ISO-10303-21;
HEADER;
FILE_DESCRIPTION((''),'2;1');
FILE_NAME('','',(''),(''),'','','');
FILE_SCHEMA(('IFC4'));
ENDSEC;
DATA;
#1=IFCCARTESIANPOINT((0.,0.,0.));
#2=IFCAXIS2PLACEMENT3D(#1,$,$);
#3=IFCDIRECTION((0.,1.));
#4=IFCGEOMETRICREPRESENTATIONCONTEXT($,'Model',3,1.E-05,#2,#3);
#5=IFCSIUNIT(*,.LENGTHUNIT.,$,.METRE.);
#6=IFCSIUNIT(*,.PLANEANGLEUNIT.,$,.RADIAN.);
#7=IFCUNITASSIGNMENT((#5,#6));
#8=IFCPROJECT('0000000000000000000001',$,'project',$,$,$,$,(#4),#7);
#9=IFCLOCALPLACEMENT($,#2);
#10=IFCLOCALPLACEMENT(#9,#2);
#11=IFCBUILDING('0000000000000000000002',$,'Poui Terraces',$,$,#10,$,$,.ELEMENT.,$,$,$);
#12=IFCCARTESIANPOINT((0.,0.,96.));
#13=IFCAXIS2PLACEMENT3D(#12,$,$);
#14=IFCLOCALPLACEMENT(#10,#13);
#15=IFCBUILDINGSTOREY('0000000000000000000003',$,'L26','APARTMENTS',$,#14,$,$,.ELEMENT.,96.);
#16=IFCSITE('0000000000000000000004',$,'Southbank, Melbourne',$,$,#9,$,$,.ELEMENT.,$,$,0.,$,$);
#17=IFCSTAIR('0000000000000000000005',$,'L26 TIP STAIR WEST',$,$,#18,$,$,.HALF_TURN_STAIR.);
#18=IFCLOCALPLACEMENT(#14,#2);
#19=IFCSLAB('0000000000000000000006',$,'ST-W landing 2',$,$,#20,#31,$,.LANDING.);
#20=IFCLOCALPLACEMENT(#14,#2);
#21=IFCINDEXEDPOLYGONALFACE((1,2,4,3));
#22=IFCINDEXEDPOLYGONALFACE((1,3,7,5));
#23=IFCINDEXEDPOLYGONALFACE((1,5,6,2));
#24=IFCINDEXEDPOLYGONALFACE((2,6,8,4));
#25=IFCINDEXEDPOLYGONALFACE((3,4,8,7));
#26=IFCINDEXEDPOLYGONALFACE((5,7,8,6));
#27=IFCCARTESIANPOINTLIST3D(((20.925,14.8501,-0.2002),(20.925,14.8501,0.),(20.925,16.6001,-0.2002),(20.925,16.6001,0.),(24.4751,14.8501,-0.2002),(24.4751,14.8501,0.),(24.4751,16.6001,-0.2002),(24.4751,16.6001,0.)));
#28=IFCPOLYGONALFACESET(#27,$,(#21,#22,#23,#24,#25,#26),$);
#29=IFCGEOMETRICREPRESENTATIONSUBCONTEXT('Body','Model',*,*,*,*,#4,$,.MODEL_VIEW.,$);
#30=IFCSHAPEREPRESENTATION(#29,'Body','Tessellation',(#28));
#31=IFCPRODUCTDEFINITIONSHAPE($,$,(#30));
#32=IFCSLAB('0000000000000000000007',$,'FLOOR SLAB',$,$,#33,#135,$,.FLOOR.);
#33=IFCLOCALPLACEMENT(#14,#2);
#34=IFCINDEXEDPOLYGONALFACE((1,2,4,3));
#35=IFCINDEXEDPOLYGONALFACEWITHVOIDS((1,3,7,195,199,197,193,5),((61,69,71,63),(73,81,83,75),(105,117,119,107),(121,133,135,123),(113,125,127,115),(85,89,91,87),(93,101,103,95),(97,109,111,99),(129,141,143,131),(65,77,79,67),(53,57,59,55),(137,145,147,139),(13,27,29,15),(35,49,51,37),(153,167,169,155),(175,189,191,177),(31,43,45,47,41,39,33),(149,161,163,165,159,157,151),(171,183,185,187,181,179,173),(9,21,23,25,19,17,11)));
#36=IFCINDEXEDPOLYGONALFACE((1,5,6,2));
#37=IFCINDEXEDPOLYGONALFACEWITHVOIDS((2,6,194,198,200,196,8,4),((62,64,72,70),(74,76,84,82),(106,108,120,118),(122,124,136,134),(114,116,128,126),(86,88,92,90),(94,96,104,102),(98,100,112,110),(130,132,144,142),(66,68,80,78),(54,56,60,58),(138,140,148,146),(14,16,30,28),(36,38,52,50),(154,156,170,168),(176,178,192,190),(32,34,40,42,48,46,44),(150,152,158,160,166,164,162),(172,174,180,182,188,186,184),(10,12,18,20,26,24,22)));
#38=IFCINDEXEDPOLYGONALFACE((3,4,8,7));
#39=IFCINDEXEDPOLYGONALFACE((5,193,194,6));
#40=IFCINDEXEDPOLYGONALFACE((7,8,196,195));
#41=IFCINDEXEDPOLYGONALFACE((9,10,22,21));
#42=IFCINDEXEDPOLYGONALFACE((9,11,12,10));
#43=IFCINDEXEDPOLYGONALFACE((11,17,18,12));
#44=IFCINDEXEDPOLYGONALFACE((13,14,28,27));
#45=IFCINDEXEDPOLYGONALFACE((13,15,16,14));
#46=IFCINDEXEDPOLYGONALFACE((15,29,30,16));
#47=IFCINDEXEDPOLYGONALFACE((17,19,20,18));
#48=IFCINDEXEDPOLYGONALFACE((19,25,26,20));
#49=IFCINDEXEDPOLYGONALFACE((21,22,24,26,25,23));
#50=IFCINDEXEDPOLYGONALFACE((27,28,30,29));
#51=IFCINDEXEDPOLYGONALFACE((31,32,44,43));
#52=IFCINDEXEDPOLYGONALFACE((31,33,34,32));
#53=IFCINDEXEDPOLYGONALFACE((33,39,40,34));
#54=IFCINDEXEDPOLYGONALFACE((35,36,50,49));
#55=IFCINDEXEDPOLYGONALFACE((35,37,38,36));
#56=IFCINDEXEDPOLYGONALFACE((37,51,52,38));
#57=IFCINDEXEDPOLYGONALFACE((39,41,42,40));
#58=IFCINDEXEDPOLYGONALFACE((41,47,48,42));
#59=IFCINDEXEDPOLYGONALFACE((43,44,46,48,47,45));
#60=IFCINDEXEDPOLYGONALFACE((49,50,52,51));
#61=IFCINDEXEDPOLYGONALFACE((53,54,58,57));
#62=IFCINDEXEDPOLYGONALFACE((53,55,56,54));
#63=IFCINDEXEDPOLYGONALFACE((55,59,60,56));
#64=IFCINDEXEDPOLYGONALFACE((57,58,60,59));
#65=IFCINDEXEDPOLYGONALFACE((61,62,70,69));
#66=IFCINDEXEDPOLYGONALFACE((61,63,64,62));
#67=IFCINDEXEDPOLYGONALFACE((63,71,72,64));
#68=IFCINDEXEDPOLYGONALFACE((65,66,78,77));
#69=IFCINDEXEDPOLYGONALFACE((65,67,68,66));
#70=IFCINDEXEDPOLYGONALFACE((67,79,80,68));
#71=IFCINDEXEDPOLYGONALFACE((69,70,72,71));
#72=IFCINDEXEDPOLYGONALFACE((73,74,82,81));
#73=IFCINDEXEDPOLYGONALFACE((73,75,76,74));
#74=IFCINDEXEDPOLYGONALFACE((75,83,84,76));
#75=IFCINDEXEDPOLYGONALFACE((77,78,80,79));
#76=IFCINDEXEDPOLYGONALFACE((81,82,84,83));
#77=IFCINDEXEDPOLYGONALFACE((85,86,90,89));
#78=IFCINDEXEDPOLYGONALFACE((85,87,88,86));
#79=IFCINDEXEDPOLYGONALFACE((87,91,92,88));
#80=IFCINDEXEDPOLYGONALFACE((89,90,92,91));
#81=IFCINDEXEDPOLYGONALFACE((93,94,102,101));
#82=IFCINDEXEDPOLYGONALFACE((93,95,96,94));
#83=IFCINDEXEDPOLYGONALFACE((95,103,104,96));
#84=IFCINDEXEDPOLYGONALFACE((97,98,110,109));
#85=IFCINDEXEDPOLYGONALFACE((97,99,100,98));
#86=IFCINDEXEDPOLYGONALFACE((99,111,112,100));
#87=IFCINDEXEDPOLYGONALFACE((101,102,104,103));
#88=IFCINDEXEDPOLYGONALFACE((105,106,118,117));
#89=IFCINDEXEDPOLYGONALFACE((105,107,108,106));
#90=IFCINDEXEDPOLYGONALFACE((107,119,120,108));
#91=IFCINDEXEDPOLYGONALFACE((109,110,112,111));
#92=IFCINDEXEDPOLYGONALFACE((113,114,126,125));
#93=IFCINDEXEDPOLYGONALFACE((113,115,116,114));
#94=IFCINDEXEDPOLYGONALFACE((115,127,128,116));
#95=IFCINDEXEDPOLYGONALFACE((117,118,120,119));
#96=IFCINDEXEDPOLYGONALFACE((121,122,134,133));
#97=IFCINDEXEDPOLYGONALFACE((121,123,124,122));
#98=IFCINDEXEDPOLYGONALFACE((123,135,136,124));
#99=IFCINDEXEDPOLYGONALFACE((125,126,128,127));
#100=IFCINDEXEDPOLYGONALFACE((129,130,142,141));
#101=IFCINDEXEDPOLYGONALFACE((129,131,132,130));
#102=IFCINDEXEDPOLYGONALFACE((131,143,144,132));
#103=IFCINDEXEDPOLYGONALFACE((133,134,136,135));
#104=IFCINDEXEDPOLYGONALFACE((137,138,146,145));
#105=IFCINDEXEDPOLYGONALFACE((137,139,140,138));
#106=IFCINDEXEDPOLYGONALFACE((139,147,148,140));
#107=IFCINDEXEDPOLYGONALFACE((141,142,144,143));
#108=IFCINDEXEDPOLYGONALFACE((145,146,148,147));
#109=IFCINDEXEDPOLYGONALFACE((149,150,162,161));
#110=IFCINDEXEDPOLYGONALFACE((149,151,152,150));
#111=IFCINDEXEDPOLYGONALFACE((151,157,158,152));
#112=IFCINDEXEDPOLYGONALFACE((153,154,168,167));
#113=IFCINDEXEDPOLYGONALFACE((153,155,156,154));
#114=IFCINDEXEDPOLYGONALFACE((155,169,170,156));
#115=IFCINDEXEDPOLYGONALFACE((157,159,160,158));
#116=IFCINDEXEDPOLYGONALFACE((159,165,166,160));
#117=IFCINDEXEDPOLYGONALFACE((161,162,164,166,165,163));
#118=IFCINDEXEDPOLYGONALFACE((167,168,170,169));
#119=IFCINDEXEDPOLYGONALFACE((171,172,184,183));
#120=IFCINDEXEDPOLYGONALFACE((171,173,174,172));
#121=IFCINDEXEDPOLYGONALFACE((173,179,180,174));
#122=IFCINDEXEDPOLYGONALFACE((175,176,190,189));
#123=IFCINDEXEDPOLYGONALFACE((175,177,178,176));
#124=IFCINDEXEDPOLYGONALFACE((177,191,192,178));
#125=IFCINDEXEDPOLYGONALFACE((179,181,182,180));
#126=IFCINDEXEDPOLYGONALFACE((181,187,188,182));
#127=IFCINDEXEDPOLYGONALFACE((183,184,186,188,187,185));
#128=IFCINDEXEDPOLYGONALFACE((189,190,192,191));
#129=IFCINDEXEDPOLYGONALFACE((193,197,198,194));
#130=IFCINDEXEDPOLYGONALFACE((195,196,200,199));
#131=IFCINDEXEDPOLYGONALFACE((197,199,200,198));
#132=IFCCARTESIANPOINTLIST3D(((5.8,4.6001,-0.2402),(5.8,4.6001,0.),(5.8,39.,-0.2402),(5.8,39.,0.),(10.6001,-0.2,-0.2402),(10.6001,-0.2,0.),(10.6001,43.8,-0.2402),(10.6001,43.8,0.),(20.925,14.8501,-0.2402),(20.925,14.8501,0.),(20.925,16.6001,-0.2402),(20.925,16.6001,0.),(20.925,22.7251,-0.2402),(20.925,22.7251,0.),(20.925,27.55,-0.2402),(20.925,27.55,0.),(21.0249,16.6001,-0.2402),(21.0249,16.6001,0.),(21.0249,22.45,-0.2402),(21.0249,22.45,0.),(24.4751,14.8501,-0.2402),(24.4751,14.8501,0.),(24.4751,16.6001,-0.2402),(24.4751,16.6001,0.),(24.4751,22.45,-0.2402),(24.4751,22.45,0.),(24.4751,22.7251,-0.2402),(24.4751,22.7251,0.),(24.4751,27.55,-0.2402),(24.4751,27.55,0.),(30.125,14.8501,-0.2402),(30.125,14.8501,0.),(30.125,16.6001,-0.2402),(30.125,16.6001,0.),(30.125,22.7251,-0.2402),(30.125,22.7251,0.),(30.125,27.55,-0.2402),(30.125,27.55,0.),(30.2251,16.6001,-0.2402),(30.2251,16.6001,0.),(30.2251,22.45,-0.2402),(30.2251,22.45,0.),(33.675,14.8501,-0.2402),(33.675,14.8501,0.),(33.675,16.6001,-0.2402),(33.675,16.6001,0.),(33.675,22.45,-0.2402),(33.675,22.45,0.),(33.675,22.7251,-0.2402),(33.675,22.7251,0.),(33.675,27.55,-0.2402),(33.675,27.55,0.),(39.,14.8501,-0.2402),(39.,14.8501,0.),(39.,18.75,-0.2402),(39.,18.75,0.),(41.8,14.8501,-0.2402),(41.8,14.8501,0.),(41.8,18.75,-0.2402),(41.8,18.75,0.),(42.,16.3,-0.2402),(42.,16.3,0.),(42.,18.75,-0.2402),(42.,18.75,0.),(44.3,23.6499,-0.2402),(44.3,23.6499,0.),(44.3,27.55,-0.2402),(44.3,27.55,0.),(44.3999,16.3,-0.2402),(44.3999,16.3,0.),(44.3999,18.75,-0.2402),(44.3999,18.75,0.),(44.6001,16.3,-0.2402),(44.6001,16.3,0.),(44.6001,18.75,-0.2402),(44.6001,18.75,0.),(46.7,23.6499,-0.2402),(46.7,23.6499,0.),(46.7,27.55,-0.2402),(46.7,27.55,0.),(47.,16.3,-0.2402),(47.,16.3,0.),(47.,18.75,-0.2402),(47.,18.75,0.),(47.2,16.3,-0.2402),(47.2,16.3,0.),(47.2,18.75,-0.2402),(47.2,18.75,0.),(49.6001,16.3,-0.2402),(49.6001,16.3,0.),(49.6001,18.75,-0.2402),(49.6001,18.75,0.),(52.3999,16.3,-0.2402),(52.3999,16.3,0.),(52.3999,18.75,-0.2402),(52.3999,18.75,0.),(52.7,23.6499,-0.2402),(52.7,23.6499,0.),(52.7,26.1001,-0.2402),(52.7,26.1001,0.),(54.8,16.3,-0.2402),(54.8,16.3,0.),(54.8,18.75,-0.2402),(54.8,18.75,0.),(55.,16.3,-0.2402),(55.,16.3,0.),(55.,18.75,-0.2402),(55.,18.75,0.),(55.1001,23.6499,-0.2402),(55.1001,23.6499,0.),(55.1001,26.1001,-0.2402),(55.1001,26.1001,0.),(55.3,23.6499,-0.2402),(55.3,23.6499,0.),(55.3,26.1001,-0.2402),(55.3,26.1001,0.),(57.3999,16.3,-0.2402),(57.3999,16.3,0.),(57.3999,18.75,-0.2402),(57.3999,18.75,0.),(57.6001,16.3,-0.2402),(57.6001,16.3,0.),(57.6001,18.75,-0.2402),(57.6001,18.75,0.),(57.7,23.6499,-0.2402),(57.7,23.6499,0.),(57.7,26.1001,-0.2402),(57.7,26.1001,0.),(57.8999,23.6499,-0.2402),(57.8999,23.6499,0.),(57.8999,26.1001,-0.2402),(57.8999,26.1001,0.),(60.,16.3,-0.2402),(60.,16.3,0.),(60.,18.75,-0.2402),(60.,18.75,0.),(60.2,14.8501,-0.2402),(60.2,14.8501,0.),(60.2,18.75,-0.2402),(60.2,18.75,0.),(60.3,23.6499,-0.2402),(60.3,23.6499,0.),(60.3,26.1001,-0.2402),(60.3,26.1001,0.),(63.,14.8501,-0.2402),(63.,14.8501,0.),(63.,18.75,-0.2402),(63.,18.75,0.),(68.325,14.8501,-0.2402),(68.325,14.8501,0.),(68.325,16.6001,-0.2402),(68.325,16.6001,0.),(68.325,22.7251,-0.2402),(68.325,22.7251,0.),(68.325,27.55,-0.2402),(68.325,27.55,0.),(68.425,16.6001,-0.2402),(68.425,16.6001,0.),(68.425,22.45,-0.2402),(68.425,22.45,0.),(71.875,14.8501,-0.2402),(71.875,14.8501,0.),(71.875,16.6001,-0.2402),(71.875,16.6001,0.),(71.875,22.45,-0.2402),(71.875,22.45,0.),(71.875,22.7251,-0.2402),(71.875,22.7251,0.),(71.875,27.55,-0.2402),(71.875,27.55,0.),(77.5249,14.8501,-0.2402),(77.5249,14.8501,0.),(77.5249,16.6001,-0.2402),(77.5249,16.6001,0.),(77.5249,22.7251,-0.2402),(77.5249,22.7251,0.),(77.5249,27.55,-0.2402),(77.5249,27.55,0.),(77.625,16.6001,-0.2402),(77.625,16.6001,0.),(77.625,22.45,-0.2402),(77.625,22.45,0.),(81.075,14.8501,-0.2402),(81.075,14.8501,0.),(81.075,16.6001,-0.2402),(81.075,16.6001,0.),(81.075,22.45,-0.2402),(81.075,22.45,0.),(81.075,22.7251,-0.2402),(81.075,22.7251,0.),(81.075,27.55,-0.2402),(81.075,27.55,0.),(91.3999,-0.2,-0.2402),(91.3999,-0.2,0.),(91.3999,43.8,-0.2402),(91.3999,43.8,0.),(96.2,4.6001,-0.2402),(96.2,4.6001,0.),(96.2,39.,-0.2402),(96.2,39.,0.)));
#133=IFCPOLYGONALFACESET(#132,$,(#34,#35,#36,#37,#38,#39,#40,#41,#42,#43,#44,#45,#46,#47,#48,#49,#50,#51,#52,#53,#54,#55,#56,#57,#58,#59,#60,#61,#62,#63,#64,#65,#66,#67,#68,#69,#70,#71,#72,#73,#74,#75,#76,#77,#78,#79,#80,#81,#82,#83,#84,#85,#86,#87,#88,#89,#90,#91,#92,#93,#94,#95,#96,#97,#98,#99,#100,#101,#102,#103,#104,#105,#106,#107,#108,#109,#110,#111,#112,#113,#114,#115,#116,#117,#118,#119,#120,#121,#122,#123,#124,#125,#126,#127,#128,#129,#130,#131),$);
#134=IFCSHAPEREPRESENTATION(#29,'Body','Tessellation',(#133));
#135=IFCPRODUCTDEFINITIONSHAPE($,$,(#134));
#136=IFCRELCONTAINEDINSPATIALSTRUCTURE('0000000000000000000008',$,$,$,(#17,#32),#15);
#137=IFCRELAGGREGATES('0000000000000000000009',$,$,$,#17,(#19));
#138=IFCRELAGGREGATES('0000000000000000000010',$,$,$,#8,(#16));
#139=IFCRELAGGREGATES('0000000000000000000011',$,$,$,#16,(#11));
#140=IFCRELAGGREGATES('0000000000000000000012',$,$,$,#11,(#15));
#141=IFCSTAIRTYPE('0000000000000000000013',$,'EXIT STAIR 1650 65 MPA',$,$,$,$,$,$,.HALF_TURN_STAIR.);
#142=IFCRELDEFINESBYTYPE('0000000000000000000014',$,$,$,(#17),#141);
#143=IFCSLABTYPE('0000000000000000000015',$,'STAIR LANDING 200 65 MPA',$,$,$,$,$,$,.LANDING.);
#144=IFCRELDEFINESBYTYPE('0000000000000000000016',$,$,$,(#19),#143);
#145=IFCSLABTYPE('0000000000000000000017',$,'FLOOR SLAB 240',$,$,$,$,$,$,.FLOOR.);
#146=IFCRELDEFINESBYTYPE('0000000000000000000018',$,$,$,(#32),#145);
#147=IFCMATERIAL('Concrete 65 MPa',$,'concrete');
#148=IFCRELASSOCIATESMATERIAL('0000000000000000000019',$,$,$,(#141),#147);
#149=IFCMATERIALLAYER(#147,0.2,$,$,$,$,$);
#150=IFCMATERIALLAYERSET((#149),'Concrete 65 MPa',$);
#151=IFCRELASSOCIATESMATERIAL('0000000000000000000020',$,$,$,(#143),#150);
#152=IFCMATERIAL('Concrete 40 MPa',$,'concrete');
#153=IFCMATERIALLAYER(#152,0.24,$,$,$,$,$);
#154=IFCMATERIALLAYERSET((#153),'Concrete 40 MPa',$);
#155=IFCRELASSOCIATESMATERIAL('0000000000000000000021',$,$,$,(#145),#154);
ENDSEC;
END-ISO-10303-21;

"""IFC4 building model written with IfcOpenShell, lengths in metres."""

from ifc_helpers import new_model, si_unit, direction, frame, origin, place, context, subcontext, project, spatial, polyline, outline, extrude, source, transform, mapped, material, layer, layer_set, type_object, element, aggregate, save


model = new_model("IFC4")

# Units and contexts
model_context = context("Model", 3, precision=1e-05, world=origin(), true_north=direction((0.0, 1.0)))
body_context = subcontext(model_context, "Body", "Model", "MODEL_VIEW")
ifc_project = project(units=[si_unit("LENGTHUNIT", "METRE"), si_unit("PLANEANGLEUNIT", "RADIAN")], contexts=[model_context])

# Site, building, storey
site_placement = place(None, origin())
site = spatial("IfcSite", under=ifc_project, at=site_placement, Name="Southbank, Melbourne", CompositionType="ELEMENT", RefElevation=0.0)
building_placement = place(site_placement, origin())
building = spatial("IfcBuilding", under=site, at=building_placement, Name="Poui Terraces", CompositionType="ELEMENT")
storey_placement = place(building_placement, frame((0.0, 0.0, 96.0)))
storey = spatial("IfcBuildingStorey", under=building, at=storey_placement, Name="L26", Description="APARTMENTS", CompositionType="ELEMENT", Elevation=96.0)

# Stair, slab
ifc_material_1 = material(Name="Concrete 65 MPa", Category="concrete")
stair_type = type_object("IfcStairType", Name="EXIT STAIR 1650 65 MPA", PredefinedType="HALF_TURN_STAIR", material=ifc_material_1)
stair_placement = place(storey_placement, origin())
stair = element("IfcStair", 1, at=stair_placement, inside=storey, type_object=stair_type, Name="L26 TIP STAIR WEST", PredefinedType="HALF_TURN_STAIR")
ifc_layer_1 = layer(ifc_material_1, 0.2)
ifc_layer_set_1 = layer_set([ifc_layer_1], Name="Concrete 65 MPa")
slab_type_1 = type_object("IfcSlabType", Name="STAIR LANDING 200 65 MPA", PredefinedType="LANDING", material=ifc_layer_set_1)
slab_1_placement = place(storey_placement, frame((0.0, 0.0, -0.2002)))
slab_1 = element("IfcSlab", 2, at=slab_1_placement, type_object=slab_type_1, Name="ST-W landing 2", PredefinedType="LANDING", context=body_context, shape_type="SweptSolid", body=[
    extrude(outline(polyline([(20.925, 14.8501), (24.4751, 14.8501), (24.4751, 16.6001), (20.925, 16.6001), (20.925, 14.8501)])), origin(), (0.0, 0.0, 1.0), 0.2002),
])
aggregate(stair, [slab_1])

# Slab
ifc_material_2 = material(Name="Concrete 40 MPa", Category="concrete")
ifc_layer_2 = layer(ifc_material_2, 0.24)
ifc_layer_set_2 = layer_set([ifc_layer_2], Name="Concrete 40 MPa")
slab_type_2 = type_object("IfcSlabType", Name="FLOOR SLAB 240", PredefinedType="FLOOR", material=ifc_layer_set_2)
shared_shape = source(origin(), body_context, "Body", "SweptSolid", [
    extrude(outline(polyline([(0.0, 0.0), (4.8, -4.8), (85.5999, -4.8), (90.3999, 0.0), (90.3999, 34.3999), (85.5999, 39.2), (4.8, 39.2), (0.0, 34.3999), (0.0, 0.0)]), holes=[polyline([(33.2, 10.25), (33.2, 14.1499), (36.0, 14.1499), (36.0, 10.25), (33.2, 10.25)]), polyline([(36.2, 11.7), (36.2, 14.1499), (38.5999, 14.1499), (38.5999, 11.7), (36.2, 11.7)]), polyline([(38.8, 11.7), (38.8, 14.1499), (41.2, 14.1499), (41.2, 11.7), (38.8, 11.7)]), polyline([(41.3999, 14.1499), (43.8, 14.1499), (43.8, 11.7), (41.3999, 11.7), (41.3999, 14.1499)]), polyline([(46.5999, 14.1499), (49.0, 14.1499), (49.0, 11.7), (46.5999, 11.7), (46.5999, 14.1499)]), polyline([(15.2249, 17.8499), (18.675, 17.8499), (18.675, 12.0), (18.675, 10.25), (15.125, 10.25), (15.125, 12.0), (15.2249, 12.0), (15.2249, 17.8499)]), polyline([(24.425, 17.8499), (27.875, 17.8499), (27.875, 12.0), (27.875, 10.25), (24.325, 10.25), (24.325, 12.0), (24.425, 12.0), (24.425, 17.8499)]), polyline([(15.125, 18.125), (15.125, 22.95), (18.675, 22.95), (18.675, 18.125), (15.125, 18.125)]), polyline([(24.325, 22.95), (27.875, 22.95), (27.875, 18.125), (24.325, 18.125), (24.325, 22.95)]), polyline([(38.5, 22.95), (40.8999, 22.95), (40.8999, 19.0498), (38.5, 19.0498), (38.5, 22.95)]), polyline([(54.3999, 10.25), (54.3999, 14.1499), (57.2, 14.1499), (57.2, 10.25), (54.3999, 10.25)]), polyline([(49.2, 11.7), (49.2, 14.1499), (51.5999, 14.1499), (51.5999, 11.7), (49.2, 11.7)]), polyline([(51.8, 11.7), (51.8, 14.1499), (54.2, 14.1499), (54.2, 11.7), (51.8, 11.7)]), polyline([(66.075, 17.8499), (66.075, 12.0), (66.075, 10.25), (62.5249, 10.25), (62.5249, 12.0), (62.625, 12.0), (62.625, 17.8499), (66.075, 17.8499)]), polyline([(75.2749, 17.8499), (75.2749, 12.0), (75.2749, 10.25), (71.7249, 10.25), (71.7249, 12.0), (71.825, 12.0), (71.825, 17.8499), (75.2749, 17.8499)]), polyline([(46.8999, 19.0498), (46.8999, 21.5), (49.3, 21.5), (49.3, 19.0498), (46.8999, 19.0498)]), polyline([(49.5, 19.0498), (49.5, 21.5), (51.8999, 21.5), (51.8999, 19.0498), (49.5, 19.0498)]), polyline([(52.0999, 19.0498), (52.0999, 21.5), (54.5, 21.5), (54.5, 19.0498), (52.0999, 19.0498)]), polyline([(62.5249, 22.95), (66.075, 22.95), (66.075, 18.125), (62.5249, 18.125), (62.5249, 22.95)]), polyline([(71.7249, 22.95), (75.2749, 22.95), (75.2749, 18.125), (71.7249, 18.125), (71.7249, 22.95)])]), origin(), (0.0, 0.0, 1.0), 0.2402),
])
slab_2_placement = place(storey_placement, frame((5.8, 4.6001, -0.2402)))
element("IfcSlab", 3, at=slab_2_placement, inside=storey, type_object=slab_type_2, Name="FLOOR SLAB", PredefinedType="FLOOR", context=body_context, shape_type="MappedRepresentation", body=[
    mapped(shared_shape, transform((0.0, 0.0, 0.0))),
])

save(model, "model.ifc")
